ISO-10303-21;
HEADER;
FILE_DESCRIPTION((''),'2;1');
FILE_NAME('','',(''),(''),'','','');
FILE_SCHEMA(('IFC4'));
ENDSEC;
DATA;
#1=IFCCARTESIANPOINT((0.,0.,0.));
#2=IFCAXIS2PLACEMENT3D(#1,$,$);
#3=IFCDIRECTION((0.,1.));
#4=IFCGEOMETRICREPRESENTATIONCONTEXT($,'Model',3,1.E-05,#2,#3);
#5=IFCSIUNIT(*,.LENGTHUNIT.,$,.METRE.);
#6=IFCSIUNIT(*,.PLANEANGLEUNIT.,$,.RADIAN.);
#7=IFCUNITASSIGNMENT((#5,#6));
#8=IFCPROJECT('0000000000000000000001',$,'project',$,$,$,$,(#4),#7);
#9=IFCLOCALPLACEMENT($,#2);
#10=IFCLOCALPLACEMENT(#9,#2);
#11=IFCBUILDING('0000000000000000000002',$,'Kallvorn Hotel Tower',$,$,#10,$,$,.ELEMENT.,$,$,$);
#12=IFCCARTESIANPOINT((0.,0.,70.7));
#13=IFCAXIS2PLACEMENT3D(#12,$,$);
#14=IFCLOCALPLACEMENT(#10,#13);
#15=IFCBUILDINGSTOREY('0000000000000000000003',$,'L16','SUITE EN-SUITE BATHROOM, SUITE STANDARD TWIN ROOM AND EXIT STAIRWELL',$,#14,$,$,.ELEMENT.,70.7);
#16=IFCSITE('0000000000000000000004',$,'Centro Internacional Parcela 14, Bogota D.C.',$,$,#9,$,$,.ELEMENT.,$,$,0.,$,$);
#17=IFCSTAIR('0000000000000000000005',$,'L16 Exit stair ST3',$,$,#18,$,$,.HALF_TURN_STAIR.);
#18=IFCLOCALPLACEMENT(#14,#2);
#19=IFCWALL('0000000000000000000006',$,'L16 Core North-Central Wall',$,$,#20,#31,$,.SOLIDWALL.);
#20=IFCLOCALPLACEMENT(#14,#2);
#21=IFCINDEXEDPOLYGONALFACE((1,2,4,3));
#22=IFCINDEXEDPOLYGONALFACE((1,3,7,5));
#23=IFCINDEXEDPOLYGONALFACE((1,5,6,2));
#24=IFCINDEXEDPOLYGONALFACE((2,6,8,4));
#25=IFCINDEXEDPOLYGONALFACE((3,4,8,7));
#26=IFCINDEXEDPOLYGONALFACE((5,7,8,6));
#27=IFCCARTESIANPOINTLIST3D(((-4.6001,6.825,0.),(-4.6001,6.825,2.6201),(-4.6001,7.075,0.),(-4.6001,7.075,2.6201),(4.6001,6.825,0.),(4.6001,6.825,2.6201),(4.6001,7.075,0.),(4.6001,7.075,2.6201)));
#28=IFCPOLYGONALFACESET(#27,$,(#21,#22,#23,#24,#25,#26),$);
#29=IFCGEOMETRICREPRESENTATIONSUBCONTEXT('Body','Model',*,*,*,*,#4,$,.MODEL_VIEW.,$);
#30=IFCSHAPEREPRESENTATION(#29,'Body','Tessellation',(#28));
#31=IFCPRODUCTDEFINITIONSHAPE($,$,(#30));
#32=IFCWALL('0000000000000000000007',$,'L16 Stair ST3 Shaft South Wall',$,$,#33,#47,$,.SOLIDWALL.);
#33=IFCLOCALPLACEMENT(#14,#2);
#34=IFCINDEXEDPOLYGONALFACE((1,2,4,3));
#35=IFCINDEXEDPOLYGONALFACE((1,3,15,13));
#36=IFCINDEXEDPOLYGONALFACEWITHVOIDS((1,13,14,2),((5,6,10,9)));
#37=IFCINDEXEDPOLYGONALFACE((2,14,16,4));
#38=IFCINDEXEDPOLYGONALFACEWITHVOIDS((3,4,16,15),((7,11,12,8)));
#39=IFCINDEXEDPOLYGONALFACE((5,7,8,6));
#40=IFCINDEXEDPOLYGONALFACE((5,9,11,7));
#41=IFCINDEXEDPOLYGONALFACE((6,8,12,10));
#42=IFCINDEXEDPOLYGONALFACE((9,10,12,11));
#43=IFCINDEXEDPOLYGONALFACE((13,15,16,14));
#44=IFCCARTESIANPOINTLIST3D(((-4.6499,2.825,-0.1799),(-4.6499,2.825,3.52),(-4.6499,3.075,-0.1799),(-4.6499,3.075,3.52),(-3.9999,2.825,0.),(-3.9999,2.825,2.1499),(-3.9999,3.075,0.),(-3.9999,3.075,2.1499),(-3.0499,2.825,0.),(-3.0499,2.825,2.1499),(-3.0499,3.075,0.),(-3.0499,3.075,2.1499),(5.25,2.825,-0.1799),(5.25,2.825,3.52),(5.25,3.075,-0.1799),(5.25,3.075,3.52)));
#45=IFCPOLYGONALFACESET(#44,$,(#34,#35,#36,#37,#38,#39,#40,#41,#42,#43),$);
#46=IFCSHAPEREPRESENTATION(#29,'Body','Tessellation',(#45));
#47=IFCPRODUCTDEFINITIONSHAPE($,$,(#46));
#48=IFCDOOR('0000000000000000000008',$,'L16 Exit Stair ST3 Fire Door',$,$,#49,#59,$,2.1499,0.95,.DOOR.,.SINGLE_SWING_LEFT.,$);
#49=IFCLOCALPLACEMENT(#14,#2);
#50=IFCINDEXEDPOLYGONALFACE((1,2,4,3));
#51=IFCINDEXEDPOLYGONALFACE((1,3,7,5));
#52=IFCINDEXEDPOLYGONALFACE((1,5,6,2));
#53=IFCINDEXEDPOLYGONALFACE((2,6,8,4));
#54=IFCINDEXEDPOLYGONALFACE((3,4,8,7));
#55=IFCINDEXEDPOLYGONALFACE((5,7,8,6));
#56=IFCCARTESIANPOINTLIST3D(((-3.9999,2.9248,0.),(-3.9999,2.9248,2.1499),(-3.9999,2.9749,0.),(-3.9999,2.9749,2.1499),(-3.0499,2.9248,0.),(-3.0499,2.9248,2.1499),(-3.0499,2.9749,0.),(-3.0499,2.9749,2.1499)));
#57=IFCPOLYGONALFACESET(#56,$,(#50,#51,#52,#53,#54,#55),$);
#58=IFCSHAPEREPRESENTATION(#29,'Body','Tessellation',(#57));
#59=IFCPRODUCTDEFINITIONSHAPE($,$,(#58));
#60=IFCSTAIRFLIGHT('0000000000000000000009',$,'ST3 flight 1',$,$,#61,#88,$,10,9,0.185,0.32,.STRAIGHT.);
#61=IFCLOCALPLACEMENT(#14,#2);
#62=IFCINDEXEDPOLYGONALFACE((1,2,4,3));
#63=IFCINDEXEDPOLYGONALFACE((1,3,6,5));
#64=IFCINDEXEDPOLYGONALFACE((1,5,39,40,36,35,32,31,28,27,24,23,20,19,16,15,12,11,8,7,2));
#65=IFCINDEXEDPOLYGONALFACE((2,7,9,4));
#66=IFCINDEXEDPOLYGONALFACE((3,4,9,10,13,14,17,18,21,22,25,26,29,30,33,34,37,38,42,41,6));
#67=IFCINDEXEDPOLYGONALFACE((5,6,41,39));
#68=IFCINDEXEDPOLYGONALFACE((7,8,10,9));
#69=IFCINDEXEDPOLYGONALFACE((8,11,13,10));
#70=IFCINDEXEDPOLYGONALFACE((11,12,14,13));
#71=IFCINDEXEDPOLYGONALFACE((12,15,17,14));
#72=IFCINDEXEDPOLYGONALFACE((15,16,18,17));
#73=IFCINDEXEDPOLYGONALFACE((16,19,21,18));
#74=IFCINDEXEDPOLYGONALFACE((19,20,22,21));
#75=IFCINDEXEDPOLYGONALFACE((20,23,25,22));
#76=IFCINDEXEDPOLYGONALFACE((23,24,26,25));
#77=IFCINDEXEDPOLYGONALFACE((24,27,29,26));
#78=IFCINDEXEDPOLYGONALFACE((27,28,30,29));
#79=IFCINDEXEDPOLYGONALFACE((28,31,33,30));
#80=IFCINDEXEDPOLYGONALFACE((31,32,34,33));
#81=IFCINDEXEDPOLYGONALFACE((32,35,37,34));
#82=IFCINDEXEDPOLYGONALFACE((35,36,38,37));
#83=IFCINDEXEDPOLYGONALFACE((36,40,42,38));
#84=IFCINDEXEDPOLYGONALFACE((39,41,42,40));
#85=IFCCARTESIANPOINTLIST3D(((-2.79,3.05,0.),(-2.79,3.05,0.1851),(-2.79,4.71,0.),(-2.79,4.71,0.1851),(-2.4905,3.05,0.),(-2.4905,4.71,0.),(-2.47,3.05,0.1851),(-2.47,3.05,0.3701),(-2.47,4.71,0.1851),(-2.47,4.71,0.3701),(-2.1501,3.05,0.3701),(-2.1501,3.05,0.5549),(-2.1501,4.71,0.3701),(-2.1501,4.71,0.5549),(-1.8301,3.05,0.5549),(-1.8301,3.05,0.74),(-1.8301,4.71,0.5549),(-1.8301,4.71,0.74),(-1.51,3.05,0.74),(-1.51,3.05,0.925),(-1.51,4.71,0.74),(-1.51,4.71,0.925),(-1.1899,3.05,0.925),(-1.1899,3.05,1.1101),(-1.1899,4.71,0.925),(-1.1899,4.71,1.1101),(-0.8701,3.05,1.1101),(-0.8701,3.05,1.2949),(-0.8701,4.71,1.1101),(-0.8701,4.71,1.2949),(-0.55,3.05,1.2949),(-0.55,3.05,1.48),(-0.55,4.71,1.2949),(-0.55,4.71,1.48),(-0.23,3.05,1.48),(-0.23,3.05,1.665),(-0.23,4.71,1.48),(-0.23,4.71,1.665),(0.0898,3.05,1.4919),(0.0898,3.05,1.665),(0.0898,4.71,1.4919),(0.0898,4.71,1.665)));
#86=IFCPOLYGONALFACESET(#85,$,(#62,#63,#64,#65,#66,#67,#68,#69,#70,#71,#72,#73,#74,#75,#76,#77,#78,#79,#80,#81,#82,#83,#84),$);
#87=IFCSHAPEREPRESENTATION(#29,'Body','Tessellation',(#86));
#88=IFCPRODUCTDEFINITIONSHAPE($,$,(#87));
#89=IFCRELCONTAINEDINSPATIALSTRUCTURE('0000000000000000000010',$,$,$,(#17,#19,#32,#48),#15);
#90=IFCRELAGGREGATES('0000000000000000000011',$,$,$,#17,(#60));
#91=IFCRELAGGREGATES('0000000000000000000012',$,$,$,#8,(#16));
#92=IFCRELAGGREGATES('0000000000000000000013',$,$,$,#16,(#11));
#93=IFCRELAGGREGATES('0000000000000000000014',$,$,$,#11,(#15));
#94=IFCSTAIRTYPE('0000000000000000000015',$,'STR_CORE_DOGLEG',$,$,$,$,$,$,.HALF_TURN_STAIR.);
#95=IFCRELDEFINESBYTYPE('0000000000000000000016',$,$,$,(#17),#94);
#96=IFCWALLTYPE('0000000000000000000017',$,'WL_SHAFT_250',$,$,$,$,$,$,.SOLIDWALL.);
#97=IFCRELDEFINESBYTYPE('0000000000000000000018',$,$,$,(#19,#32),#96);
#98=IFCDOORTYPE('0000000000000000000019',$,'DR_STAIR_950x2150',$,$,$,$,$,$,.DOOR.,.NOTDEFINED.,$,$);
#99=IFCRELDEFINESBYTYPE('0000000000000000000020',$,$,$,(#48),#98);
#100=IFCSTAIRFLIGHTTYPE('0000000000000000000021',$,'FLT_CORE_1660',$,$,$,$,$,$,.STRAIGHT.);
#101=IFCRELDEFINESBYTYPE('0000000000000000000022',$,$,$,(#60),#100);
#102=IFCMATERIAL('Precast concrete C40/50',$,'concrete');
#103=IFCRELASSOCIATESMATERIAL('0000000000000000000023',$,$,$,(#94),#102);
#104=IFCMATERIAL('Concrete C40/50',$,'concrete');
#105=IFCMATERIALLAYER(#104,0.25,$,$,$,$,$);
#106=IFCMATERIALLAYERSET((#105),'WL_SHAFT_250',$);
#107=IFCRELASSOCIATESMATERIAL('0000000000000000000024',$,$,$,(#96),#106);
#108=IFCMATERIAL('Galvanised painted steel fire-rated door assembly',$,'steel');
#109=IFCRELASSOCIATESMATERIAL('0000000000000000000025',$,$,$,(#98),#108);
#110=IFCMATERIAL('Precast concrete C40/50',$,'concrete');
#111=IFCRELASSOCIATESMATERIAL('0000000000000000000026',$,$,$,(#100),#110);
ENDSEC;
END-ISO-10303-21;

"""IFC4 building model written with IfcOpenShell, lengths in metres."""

from ifc_helpers import new_model, si_unit, direction, frame, frame_2d, origin, place, context, subcontext, project, spatial, polyline, rectangle, outline, extrude, material, layer, layer_set, type_object, element, fill, aggregate, save


model = new_model("IFC4")

# Units and contexts
model_context = context("Model", 3, precision=1e-05, world=origin(), true_north=direction((0.0, 1.0)))
body_context = subcontext(model_context, "Body", "Model", "MODEL_VIEW")
ifc_project = project(units=[si_unit("LENGTHUNIT", "METRE"), si_unit("PLANEANGLEUNIT", "RADIAN")], contexts=[model_context])

# Site, building, storey
site_placement = place(None, origin())
site = spatial("IfcSite", under=ifc_project, at=site_placement, Name="Centro Internacional Parcela 14, Bogota D.C.", CompositionType="ELEMENT", RefElevation=0.0)
building_placement = place(site_placement, origin())
building = spatial("IfcBuilding", under=site, at=building_placement, Name="Kallvorn Hotel Tower", CompositionType="ELEMENT")
storey_placement = place(building_placement, frame((0.0, 0.0, 70.7)))
storey = spatial("IfcBuildingStorey", under=building, at=storey_placement, Name="L16", Description="SUITE EN-SUITE BATHROOM, SUITE STANDARD TWIN ROOM AND EXIT STAIRWELL", CompositionType="ELEMENT", Elevation=70.7)

# Stair
ifc_material_1 = material(Name="Precast concrete C40/50", Category="concrete")
stair_type = type_object("IfcStairType", Name="STR_CORE_DOGLEG", PredefinedType="HALF_TURN_STAIR", material=ifc_material_1)
stair_1_placement = place(storey_placement, origin())
stair_1 = element("IfcStair", 1, at=stair_1_placement, inside=storey, type_object=stair_type, Name="L16 Exit stair ST3", PredefinedType="HALF_TURN_STAIR")

# Wall
ifc_material_2 = material(Name="Concrete C40/50", Category="concrete")
ifc_layer_1 = layer(ifc_material_2, 0.25)
ifc_layer_set_1 = layer_set([ifc_layer_1], Name="WL_SHAFT_250")
wall_type_1 = type_object("IfcWallType", Name="WL_SHAFT_250", PredefinedType="SOLIDWALL", material=ifc_layer_set_1)
wall_1_placement = place(storey_placement, frame((-4.6001, 6.95, 0.0), z_axis=(0.0, 0.0, 1.0), x_axis=(1.0, 0.0, 0.0)))
element("IfcWall", 2, at=wall_1_placement, inside=storey, type_object=wall_type_1, Name="L16 Core North-Central Wall", PredefinedType="SOLIDWALL", context=body_context, shape_type="SweptSolid", body=[
    extrude(rectangle(XDim=9.2002, YDim=0.25, at=frame_2d((4.6001, 0.0))), origin(), (0.0, 0.0, 1.0), 2.6201),
])

# Wall, opening, door
wall_2_placement = place(storey_placement, frame((-4.6499, 2.95, -0.1799), z_axis=(0.0, 0.0, 1.0), x_axis=(1.0, 0.0, 0.0)))
wall_2 = element("IfcWall", 3, at=wall_2_placement, inside=storey, type_object=wall_type_1, Name="L16 Stair ST3 Shaft South Wall", PredefinedType="SOLIDWALL", context=body_context, shape_type="SweptSolid", body=[
    extrude(rectangle(XDim=9.8999, YDim=0.25, at=frame_2d((4.95, 0.0))), origin(), (0.0, 0.0, 1.0), 3.7),
])
opening_placement = place(wall_2_placement, frame((0.6499, 0.0, 0.1799)))
opening = element("IfcOpeningElement", 4, at=opening_placement, cuts=wall_2, PredefinedType="OPENING", context=body_context, shape_type="SweptSolid", body=[
    extrude(rectangle(XDim=0.95, YDim=2.1499, at=frame_2d((0.4751, 1.075))), frame((0.0, 0.1399, 0.0), z_axis=(0.0, -1.0, 0.0), x_axis=(1.0, 0.0, 0.0)), (0.0, 0.0, 1.0), 0.28),
])
ifc_material_3 = material(Name="Galvanised painted steel fire-rated door assembly", Category="steel")
door_type = type_object("IfcDoorType", Name="DR_STAIR_950x2150", OperationType="NOTDEFINED", PredefinedType="DOOR", material=ifc_material_3)
door_placement = place(opening_placement, origin())
door = element("IfcDoor", 5, at=door_placement, inside=storey, type_object=door_type, Name="L16 Exit Stair ST3 Fire Door", OperationType="SINGLE_SWING_LEFT", OverallHeight=2.1499, OverallWidth=0.95, PredefinedType="DOOR", context=body_context, shape_type="SweptSolid", body=[
    extrude(rectangle(XDim=0.95, YDim=2.1499, at=frame_2d((0.4751, 1.075))), frame((0.0, 0.0249, 0.0), z_axis=(0.0, -1.0, 0.0), x_axis=(1.0, 0.0, 0.0)), (0.0, 0.0, 1.0), 0.05),
])
fill(opening, door)

# Stair flight
ifc_material_4 = material(Name="Precast concrete C40/50", Category="concrete")
stair_flight_type = type_object("IfcStairFlightType", Name="FLT_CORE_1660", PredefinedType="STRAIGHT", material=ifc_material_4)
stair_flight_placement = place(storey_placement, frame((-2.79, 3.8799, 0.0), z_axis=(0.0, 0.0, 1.0), x_axis=(1.0, 0.0, 0.0)))
stair_flight = element("IfcStairFlight", 6, at=stair_flight_placement, type_object=stair_flight_type, Name="ST3 flight 1", NumberOfRisers=10, NumberOfTreads=9, PredefinedType="STRAIGHT", RiserHeight=0.185, TreadLength=0.32, context=body_context, shape_type="SweptSolid", body=[
    extrude(outline(polyline([(0.0, 0.0), (0.0, 0.1851), (0.3201, 0.1851), (0.3201, 0.3701), (0.6399, 0.3701), (0.6399, 0.5549), (0.96, 0.5549), (0.96, 0.74), (1.28, 0.74), (1.28, 0.925), (1.6001, 0.925), (1.6001, 1.1101), (1.9199, 1.1101), (1.9199, 1.2949), (2.24, 1.2949), (2.24, 1.48), (2.5601, 1.48), (2.5601, 1.665), (2.8799, 1.665), (2.8799, 1.8501), (2.8799, 1.4919), (0.2996, 0.0), (0.0, 0.0)])), frame((0.0, 0.8301, 0.0), z_axis=(0.0, -1.0, 0.0), x_axis=(1.0, 0.0, 0.0)), (0.0, 0.0, 1.0), 1.6599),
])
aggregate(stair_1, [stair_flight])

save(model, "model.ifc")
